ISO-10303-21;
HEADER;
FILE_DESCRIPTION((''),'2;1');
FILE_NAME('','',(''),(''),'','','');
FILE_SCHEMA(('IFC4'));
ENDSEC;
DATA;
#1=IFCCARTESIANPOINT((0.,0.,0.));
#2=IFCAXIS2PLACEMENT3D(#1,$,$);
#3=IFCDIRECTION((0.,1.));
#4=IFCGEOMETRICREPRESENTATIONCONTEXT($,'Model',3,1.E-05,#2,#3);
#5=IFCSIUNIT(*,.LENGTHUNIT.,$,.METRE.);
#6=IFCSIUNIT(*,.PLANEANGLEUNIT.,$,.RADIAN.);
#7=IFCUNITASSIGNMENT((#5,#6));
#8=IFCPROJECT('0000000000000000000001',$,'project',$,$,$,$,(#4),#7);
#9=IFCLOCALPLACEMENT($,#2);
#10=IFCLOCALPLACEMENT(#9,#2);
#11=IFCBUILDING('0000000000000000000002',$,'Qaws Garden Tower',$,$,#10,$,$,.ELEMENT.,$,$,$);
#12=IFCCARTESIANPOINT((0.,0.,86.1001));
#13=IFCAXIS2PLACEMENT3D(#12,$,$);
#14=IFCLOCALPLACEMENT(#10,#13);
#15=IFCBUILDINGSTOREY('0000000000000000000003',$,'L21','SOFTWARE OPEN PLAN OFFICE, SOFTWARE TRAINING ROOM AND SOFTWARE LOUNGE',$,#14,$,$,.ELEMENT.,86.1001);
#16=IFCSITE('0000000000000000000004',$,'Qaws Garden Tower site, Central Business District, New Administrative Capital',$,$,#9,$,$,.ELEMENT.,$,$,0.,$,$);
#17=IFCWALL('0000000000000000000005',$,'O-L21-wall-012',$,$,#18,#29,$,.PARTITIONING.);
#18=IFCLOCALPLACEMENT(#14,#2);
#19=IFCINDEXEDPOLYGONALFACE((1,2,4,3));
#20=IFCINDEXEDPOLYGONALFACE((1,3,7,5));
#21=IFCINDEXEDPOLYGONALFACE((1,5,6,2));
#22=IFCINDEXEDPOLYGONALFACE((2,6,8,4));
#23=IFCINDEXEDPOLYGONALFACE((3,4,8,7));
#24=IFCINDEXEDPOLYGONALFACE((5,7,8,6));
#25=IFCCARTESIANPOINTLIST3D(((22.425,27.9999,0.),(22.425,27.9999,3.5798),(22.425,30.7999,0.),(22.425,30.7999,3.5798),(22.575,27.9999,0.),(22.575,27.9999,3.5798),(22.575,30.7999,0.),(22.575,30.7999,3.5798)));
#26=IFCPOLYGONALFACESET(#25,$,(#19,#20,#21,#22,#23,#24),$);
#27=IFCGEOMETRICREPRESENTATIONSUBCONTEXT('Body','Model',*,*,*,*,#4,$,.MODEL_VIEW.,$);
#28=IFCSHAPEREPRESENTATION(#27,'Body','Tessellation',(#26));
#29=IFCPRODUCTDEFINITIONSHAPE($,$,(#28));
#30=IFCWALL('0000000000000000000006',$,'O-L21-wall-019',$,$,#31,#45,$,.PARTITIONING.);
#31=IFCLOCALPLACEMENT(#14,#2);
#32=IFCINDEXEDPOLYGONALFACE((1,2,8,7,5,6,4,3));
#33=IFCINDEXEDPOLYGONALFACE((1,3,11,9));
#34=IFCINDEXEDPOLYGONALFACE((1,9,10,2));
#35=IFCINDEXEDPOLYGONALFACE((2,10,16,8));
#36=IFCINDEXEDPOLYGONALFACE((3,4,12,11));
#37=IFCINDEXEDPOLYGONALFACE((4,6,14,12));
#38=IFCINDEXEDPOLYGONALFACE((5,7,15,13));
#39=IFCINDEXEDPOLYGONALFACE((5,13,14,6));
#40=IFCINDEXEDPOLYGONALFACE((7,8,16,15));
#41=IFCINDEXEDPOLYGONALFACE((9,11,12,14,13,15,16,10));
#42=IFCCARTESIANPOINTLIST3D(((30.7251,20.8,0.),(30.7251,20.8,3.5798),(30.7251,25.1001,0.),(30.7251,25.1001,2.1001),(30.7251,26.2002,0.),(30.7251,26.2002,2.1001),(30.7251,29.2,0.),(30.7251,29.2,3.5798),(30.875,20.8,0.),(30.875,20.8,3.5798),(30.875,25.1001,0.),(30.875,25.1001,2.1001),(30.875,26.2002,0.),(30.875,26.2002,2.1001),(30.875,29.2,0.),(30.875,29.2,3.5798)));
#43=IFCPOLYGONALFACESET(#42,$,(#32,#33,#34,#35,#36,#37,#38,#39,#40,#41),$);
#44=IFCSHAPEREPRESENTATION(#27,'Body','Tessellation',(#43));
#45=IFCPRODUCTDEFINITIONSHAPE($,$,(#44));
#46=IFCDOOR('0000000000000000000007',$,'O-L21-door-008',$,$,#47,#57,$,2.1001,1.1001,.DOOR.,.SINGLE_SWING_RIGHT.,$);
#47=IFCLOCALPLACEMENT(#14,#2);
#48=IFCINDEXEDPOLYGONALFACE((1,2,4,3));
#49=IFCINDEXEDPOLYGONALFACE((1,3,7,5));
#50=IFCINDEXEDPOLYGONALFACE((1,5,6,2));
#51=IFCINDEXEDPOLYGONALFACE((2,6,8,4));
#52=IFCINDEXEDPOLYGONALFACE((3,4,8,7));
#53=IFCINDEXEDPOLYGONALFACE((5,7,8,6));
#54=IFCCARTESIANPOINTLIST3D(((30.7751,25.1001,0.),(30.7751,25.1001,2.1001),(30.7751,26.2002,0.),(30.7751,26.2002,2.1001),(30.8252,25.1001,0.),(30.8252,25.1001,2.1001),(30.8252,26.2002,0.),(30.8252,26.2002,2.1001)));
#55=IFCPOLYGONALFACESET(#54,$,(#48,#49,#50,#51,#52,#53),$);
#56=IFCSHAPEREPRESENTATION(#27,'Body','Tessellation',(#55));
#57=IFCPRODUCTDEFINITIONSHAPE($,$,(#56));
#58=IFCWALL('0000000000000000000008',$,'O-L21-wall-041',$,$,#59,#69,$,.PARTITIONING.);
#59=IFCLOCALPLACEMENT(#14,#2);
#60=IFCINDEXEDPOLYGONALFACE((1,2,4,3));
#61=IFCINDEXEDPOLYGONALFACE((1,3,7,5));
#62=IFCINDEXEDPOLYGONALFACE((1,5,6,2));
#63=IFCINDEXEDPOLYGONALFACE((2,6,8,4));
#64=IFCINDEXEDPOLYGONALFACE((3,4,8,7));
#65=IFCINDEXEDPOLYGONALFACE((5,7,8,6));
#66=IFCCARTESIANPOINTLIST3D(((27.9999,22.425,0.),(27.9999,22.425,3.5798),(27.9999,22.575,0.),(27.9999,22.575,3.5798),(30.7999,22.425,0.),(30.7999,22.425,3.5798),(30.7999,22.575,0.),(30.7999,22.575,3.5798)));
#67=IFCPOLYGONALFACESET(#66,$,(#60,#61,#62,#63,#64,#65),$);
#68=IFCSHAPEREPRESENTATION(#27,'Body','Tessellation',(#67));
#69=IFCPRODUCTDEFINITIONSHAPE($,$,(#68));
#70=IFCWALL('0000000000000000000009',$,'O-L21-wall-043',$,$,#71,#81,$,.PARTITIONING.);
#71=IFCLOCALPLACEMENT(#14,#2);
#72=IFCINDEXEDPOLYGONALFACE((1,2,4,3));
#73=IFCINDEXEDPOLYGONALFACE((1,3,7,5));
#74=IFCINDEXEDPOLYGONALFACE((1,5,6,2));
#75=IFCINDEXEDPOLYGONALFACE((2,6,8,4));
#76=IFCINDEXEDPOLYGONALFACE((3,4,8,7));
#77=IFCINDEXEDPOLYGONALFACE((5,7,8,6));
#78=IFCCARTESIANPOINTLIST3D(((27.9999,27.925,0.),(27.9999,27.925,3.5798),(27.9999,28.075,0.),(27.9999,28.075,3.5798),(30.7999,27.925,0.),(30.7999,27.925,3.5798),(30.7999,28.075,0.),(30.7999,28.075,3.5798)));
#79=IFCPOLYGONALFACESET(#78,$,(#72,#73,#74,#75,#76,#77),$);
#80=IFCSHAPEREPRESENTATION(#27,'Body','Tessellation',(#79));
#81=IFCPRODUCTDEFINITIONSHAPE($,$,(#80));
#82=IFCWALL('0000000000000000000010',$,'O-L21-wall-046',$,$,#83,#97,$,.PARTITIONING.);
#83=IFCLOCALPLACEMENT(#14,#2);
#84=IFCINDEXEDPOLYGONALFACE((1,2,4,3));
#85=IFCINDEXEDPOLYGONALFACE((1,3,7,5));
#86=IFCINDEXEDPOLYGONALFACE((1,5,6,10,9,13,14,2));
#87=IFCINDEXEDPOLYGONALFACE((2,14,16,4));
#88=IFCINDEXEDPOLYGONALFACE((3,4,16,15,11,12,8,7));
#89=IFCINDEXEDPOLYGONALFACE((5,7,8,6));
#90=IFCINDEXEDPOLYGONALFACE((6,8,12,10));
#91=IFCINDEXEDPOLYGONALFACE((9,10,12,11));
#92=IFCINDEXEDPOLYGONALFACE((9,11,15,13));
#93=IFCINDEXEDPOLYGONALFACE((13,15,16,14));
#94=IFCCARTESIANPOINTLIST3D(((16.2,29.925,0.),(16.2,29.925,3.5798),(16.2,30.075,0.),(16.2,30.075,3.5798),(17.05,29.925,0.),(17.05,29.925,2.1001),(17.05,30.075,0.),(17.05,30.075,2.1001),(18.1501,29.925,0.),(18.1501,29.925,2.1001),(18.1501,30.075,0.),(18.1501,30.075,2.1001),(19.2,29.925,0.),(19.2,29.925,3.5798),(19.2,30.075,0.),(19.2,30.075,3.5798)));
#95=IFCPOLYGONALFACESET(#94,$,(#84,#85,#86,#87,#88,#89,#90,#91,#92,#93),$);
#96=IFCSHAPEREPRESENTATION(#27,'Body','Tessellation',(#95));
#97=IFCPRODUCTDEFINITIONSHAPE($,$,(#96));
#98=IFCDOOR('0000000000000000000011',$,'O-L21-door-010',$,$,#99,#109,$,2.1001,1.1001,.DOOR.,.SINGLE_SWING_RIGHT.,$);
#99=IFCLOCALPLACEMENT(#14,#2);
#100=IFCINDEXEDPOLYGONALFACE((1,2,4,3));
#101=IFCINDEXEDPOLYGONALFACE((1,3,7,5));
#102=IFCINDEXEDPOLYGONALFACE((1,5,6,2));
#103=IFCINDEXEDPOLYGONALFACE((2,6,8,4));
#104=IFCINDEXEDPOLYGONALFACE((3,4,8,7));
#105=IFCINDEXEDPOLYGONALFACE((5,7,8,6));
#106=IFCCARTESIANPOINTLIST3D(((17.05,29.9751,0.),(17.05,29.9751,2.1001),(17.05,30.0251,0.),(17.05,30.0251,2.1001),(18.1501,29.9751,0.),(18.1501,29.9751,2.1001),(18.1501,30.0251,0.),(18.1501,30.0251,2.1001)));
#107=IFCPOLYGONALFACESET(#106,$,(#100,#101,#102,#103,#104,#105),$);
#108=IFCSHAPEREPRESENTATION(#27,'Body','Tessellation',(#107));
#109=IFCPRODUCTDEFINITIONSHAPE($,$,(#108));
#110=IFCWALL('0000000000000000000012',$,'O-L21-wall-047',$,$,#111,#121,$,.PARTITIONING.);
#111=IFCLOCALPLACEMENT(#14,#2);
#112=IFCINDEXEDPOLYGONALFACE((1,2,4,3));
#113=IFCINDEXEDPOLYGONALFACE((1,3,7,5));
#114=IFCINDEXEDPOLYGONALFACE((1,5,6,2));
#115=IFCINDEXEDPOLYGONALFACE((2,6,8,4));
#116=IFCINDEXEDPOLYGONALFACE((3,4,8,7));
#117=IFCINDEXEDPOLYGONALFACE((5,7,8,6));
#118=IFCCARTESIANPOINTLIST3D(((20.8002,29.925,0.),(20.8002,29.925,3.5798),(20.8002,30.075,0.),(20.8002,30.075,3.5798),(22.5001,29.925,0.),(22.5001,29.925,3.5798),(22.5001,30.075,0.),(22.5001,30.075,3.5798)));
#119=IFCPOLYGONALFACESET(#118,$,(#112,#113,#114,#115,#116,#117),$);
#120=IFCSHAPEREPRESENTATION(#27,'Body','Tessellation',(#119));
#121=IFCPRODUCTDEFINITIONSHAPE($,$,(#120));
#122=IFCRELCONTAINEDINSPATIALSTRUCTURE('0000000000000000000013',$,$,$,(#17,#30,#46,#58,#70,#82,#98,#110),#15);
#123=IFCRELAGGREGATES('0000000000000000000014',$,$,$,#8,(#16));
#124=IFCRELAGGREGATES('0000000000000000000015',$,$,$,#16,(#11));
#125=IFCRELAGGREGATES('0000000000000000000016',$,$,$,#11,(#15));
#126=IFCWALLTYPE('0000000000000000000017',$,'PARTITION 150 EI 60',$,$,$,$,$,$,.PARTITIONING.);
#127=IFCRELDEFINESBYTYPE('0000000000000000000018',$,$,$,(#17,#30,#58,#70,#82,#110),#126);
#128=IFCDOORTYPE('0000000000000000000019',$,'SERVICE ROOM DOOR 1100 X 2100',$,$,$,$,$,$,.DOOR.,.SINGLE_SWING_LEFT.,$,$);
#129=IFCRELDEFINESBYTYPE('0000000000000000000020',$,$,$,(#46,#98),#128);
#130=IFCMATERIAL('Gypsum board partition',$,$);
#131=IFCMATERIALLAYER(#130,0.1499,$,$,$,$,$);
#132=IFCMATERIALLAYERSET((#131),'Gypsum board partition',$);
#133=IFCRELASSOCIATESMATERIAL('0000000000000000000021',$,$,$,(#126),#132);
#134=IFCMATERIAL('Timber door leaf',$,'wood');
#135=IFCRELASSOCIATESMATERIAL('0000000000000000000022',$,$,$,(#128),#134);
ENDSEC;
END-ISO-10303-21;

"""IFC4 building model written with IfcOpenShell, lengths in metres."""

from ifc_helpers import new_model, si_unit, direction, frame, frame_2d, origin, place, context, subcontext, project, spatial, rectangle, extrude, material, layer, layer_set, type_object, element, fill, save


model = new_model("IFC4")

# Units and contexts
model_context = context("Model", 3, precision=1e-05, world=origin(), true_north=direction((0.0, 1.0)))
body_context = subcontext(model_context, "Body", "Model", "MODEL_VIEW")
ifc_project = project(units=[si_unit("LENGTHUNIT", "METRE"), si_unit("PLANEANGLEUNIT", "RADIAN")], contexts=[model_context])

# Site, building, storey
site_placement = place(None, origin())
site = spatial("IfcSite", under=ifc_project, at=site_placement, Name="Qaws Garden Tower site, Central Business District, New Administrative Capital", CompositionType="ELEMENT", RefElevation=0.0)
building_placement = place(site_placement, origin())
building = spatial("IfcBuilding", under=site, at=building_placement, Name="Qaws Garden Tower", CompositionType="ELEMENT")
storey_placement = place(building_placement, frame((0.0, 0.0, 86.1001)))
storey = spatial("IfcBuildingStorey", under=building, at=storey_placement, Name="L21", Description="SOFTWARE OPEN PLAN OFFICE, SOFTWARE TRAINING ROOM AND SOFTWARE LOUNGE", CompositionType="ELEMENT", Elevation=86.1001)

# Wall
ifc_material_1 = material(Name="Gypsum board partition")
ifc_layer_1 = layer(ifc_material_1, 0.1499)
ifc_layer_set_1 = layer_set([ifc_layer_1], Name="Gypsum board partition")
wall_type_1 = type_object("IfcWallType", Name="PARTITION 150 EI 60", PredefinedType="PARTITIONING", material=ifc_layer_set_1)
wall_1_placement = place(storey_placement, frame((22.5, 28.0, 0.0), z_axis=(0.0, 0.0, 1.0), x_axis=(0.0, 1.0, 0.0)))
element("IfcWall", 1, at=wall_1_placement, inside=storey, type_object=wall_type_1, Name="O-L21-wall-012", PredefinedType="PARTITIONING", context=body_context, shape_type="SweptSolid", body=[
    extrude(rectangle(XDim=2.8, YDim=0.1499, at=frame_2d((1.3999, 0.0))), origin(), (0.0, 0.0, 1.0), 3.5798),
])

# Wall, opening, door
wall_2_placement = place(storey_placement, frame((30.8, 20.8, 0.0), z_axis=(0.0, 0.0, 1.0), x_axis=(0.0, 1.0, 0.0)))
wall_2 = element("IfcWall", 2, at=wall_2_placement, inside=storey, type_object=wall_type_1, Name="O-L21-wall-019", PredefinedType="PARTITIONING", context=body_context, shape_type="SweptSolid", body=[
    extrude(rectangle(XDim=8.3999, YDim=0.1499, at=frame_2d((4.2, 0.0))), origin(), (0.0, 0.0, 1.0), 3.5798),
])
opening_1_placement = place(wall_2_placement, frame((4.3, 0.0, 0.0)))
opening_1 = element("IfcOpeningElement", 3, at=opening_1_placement, cuts=wall_2, PredefinedType="OPENING", context=body_context, shape_type="SweptSolid", body=[
    extrude(rectangle(XDim=1.1001, YDim=2.1001, at=frame_2d((0.55, 1.05))), frame((0.0, 0.085, 0.0), z_axis=(0.0, -1.0, 0.0), x_axis=(1.0, 0.0, 0.0)), (0.0, 0.0, 1.0), 0.1699),
])
ifc_material_2 = material(Name="Timber door leaf", Category="wood")
door_type_1 = type_object("IfcDoorType", Name="SERVICE ROOM DOOR 1100 X 2100", OperationType="SINGLE_SWING_LEFT", PredefinedType="DOOR", material=ifc_material_2)
door_1_placement = place(opening_1_placement, origin())
door_1 = element("IfcDoor", 4, at=door_1_placement, inside=storey, type_object=door_type_1, Name="O-L21-door-008", OperationType="SINGLE_SWING_RIGHT", OverallHeight=2.1001, OverallWidth=1.1001, PredefinedType="DOOR", context=body_context, shape_type="SweptSolid", body=[
    extrude(rectangle(XDim=1.1001, YDim=2.1001, at=frame_2d((0.55, 1.05))), frame((0.0, 0.0249, 0.0), z_axis=(0.0, -1.0, 0.0), x_axis=(1.0, 0.0, 0.0)), (0.0, 0.0, 1.0), 0.05),
])
fill(opening_1, door_1)

# Walls
for number, where, z_axis, x_axis, name in (
    (5, (28.0, 22.5, 0.0), (0.0, 0.0, 1.0), (1.0, 0.0, 0.0), "O-L21-wall-041"),
    (6, (28.0, 28.0, 0.0), (0.0, 0.0, 1.0), (1.0, 0.0, 0.0), "O-L21-wall-043"),
):
    element("IfcWall", number, at=place(storey_placement, frame(where, z_axis=z_axis, x_axis=x_axis)), inside=storey, type_object=wall_type_1, Name=name, PredefinedType="PARTITIONING", context=body_context, shape_type="SweptSolid", body=[
        extrude(rectangle(XDim=2.8, YDim=0.1499, at=frame_2d((1.3999, 0.0))), origin(), (0.0, 0.0, 1.0), 3.5798),
    ])

# Wall, opening, door
wall_3_placement = place(storey_placement, frame((16.2, 30.0, 0.0), z_axis=(0.0, 0.0, 1.0), x_axis=(1.0, 0.0, 0.0)))
wall_3 = element("IfcWall", 7, at=wall_3_placement, inside=storey, type_object=wall_type_1, Name="O-L21-wall-046", PredefinedType="PARTITIONING", context=body_context, shape_type="SweptSolid", body=[
    extrude(rectangle(XDim=3.0, YDim=0.1499, at=frame_2d((1.5, 0.0))), origin(), (0.0, 0.0, 1.0), 3.5798),
])
opening_2_placement = place(wall_3_placement, frame((0.8501, 0.0, 0.0)))
opening_2 = element("IfcOpeningElement", 8, at=opening_2_placement, cuts=wall_3, PredefinedType="OPENING", context=body_context, shape_type="SweptSolid", body=[
    extrude(rectangle(XDim=1.1001, YDim=2.1001, at=frame_2d((0.55, 1.05))), frame((0.0, 0.085, 0.0), z_axis=(0.0, -1.0, 0.0), x_axis=(1.0, 0.0, 0.0)), (0.0, 0.0, 1.0), 0.1699),
])
door_2_placement = place(opening_2_placement, frame((1.1001, 0.0, 0.0), z_axis=(0.0, 0.0, 1.0), x_axis=(-1.0, 0.0, 0.0)))
door_2 = element("IfcDoor", 9, at=door_2_placement, inside=storey, type_object=door_type_1, Name="O-L21-door-010", OperationType="SINGLE_SWING_RIGHT", OverallHeight=2.1001, OverallWidth=1.1001, PredefinedType="DOOR", context=body_context, shape_type="SweptSolid", body=[
    extrude(rectangle(XDim=1.1001, YDim=2.1001, at=frame_2d((0.55, 1.05))), frame((0.0, 0.0249, 0.0), z_axis=(0.0, -1.0, 0.0), x_axis=(1.0, 0.0, 0.0)), (0.0, 0.0, 1.0), 0.05),
])
fill(opening_2, door_2)

# Wall
wall_4_placement = place(storey_placement, frame((20.8, 30.0, 0.0), z_axis=(0.0, 0.0, 1.0), x_axis=(1.0, 0.0, 0.0)))
element("IfcWall", 10, at=wall_4_placement, inside=storey, type_object=wall_type_1, Name="O-L21-wall-047", PredefinedType="PARTITIONING", context=body_context, shape_type="SweptSolid", body=[
    extrude(rectangle(XDim=1.7, YDim=0.1499, at=frame_2d((0.8501, 0.0))), origin(), (0.0, 0.0, 1.0), 3.5798),
])

save(model, "model.ifc")
